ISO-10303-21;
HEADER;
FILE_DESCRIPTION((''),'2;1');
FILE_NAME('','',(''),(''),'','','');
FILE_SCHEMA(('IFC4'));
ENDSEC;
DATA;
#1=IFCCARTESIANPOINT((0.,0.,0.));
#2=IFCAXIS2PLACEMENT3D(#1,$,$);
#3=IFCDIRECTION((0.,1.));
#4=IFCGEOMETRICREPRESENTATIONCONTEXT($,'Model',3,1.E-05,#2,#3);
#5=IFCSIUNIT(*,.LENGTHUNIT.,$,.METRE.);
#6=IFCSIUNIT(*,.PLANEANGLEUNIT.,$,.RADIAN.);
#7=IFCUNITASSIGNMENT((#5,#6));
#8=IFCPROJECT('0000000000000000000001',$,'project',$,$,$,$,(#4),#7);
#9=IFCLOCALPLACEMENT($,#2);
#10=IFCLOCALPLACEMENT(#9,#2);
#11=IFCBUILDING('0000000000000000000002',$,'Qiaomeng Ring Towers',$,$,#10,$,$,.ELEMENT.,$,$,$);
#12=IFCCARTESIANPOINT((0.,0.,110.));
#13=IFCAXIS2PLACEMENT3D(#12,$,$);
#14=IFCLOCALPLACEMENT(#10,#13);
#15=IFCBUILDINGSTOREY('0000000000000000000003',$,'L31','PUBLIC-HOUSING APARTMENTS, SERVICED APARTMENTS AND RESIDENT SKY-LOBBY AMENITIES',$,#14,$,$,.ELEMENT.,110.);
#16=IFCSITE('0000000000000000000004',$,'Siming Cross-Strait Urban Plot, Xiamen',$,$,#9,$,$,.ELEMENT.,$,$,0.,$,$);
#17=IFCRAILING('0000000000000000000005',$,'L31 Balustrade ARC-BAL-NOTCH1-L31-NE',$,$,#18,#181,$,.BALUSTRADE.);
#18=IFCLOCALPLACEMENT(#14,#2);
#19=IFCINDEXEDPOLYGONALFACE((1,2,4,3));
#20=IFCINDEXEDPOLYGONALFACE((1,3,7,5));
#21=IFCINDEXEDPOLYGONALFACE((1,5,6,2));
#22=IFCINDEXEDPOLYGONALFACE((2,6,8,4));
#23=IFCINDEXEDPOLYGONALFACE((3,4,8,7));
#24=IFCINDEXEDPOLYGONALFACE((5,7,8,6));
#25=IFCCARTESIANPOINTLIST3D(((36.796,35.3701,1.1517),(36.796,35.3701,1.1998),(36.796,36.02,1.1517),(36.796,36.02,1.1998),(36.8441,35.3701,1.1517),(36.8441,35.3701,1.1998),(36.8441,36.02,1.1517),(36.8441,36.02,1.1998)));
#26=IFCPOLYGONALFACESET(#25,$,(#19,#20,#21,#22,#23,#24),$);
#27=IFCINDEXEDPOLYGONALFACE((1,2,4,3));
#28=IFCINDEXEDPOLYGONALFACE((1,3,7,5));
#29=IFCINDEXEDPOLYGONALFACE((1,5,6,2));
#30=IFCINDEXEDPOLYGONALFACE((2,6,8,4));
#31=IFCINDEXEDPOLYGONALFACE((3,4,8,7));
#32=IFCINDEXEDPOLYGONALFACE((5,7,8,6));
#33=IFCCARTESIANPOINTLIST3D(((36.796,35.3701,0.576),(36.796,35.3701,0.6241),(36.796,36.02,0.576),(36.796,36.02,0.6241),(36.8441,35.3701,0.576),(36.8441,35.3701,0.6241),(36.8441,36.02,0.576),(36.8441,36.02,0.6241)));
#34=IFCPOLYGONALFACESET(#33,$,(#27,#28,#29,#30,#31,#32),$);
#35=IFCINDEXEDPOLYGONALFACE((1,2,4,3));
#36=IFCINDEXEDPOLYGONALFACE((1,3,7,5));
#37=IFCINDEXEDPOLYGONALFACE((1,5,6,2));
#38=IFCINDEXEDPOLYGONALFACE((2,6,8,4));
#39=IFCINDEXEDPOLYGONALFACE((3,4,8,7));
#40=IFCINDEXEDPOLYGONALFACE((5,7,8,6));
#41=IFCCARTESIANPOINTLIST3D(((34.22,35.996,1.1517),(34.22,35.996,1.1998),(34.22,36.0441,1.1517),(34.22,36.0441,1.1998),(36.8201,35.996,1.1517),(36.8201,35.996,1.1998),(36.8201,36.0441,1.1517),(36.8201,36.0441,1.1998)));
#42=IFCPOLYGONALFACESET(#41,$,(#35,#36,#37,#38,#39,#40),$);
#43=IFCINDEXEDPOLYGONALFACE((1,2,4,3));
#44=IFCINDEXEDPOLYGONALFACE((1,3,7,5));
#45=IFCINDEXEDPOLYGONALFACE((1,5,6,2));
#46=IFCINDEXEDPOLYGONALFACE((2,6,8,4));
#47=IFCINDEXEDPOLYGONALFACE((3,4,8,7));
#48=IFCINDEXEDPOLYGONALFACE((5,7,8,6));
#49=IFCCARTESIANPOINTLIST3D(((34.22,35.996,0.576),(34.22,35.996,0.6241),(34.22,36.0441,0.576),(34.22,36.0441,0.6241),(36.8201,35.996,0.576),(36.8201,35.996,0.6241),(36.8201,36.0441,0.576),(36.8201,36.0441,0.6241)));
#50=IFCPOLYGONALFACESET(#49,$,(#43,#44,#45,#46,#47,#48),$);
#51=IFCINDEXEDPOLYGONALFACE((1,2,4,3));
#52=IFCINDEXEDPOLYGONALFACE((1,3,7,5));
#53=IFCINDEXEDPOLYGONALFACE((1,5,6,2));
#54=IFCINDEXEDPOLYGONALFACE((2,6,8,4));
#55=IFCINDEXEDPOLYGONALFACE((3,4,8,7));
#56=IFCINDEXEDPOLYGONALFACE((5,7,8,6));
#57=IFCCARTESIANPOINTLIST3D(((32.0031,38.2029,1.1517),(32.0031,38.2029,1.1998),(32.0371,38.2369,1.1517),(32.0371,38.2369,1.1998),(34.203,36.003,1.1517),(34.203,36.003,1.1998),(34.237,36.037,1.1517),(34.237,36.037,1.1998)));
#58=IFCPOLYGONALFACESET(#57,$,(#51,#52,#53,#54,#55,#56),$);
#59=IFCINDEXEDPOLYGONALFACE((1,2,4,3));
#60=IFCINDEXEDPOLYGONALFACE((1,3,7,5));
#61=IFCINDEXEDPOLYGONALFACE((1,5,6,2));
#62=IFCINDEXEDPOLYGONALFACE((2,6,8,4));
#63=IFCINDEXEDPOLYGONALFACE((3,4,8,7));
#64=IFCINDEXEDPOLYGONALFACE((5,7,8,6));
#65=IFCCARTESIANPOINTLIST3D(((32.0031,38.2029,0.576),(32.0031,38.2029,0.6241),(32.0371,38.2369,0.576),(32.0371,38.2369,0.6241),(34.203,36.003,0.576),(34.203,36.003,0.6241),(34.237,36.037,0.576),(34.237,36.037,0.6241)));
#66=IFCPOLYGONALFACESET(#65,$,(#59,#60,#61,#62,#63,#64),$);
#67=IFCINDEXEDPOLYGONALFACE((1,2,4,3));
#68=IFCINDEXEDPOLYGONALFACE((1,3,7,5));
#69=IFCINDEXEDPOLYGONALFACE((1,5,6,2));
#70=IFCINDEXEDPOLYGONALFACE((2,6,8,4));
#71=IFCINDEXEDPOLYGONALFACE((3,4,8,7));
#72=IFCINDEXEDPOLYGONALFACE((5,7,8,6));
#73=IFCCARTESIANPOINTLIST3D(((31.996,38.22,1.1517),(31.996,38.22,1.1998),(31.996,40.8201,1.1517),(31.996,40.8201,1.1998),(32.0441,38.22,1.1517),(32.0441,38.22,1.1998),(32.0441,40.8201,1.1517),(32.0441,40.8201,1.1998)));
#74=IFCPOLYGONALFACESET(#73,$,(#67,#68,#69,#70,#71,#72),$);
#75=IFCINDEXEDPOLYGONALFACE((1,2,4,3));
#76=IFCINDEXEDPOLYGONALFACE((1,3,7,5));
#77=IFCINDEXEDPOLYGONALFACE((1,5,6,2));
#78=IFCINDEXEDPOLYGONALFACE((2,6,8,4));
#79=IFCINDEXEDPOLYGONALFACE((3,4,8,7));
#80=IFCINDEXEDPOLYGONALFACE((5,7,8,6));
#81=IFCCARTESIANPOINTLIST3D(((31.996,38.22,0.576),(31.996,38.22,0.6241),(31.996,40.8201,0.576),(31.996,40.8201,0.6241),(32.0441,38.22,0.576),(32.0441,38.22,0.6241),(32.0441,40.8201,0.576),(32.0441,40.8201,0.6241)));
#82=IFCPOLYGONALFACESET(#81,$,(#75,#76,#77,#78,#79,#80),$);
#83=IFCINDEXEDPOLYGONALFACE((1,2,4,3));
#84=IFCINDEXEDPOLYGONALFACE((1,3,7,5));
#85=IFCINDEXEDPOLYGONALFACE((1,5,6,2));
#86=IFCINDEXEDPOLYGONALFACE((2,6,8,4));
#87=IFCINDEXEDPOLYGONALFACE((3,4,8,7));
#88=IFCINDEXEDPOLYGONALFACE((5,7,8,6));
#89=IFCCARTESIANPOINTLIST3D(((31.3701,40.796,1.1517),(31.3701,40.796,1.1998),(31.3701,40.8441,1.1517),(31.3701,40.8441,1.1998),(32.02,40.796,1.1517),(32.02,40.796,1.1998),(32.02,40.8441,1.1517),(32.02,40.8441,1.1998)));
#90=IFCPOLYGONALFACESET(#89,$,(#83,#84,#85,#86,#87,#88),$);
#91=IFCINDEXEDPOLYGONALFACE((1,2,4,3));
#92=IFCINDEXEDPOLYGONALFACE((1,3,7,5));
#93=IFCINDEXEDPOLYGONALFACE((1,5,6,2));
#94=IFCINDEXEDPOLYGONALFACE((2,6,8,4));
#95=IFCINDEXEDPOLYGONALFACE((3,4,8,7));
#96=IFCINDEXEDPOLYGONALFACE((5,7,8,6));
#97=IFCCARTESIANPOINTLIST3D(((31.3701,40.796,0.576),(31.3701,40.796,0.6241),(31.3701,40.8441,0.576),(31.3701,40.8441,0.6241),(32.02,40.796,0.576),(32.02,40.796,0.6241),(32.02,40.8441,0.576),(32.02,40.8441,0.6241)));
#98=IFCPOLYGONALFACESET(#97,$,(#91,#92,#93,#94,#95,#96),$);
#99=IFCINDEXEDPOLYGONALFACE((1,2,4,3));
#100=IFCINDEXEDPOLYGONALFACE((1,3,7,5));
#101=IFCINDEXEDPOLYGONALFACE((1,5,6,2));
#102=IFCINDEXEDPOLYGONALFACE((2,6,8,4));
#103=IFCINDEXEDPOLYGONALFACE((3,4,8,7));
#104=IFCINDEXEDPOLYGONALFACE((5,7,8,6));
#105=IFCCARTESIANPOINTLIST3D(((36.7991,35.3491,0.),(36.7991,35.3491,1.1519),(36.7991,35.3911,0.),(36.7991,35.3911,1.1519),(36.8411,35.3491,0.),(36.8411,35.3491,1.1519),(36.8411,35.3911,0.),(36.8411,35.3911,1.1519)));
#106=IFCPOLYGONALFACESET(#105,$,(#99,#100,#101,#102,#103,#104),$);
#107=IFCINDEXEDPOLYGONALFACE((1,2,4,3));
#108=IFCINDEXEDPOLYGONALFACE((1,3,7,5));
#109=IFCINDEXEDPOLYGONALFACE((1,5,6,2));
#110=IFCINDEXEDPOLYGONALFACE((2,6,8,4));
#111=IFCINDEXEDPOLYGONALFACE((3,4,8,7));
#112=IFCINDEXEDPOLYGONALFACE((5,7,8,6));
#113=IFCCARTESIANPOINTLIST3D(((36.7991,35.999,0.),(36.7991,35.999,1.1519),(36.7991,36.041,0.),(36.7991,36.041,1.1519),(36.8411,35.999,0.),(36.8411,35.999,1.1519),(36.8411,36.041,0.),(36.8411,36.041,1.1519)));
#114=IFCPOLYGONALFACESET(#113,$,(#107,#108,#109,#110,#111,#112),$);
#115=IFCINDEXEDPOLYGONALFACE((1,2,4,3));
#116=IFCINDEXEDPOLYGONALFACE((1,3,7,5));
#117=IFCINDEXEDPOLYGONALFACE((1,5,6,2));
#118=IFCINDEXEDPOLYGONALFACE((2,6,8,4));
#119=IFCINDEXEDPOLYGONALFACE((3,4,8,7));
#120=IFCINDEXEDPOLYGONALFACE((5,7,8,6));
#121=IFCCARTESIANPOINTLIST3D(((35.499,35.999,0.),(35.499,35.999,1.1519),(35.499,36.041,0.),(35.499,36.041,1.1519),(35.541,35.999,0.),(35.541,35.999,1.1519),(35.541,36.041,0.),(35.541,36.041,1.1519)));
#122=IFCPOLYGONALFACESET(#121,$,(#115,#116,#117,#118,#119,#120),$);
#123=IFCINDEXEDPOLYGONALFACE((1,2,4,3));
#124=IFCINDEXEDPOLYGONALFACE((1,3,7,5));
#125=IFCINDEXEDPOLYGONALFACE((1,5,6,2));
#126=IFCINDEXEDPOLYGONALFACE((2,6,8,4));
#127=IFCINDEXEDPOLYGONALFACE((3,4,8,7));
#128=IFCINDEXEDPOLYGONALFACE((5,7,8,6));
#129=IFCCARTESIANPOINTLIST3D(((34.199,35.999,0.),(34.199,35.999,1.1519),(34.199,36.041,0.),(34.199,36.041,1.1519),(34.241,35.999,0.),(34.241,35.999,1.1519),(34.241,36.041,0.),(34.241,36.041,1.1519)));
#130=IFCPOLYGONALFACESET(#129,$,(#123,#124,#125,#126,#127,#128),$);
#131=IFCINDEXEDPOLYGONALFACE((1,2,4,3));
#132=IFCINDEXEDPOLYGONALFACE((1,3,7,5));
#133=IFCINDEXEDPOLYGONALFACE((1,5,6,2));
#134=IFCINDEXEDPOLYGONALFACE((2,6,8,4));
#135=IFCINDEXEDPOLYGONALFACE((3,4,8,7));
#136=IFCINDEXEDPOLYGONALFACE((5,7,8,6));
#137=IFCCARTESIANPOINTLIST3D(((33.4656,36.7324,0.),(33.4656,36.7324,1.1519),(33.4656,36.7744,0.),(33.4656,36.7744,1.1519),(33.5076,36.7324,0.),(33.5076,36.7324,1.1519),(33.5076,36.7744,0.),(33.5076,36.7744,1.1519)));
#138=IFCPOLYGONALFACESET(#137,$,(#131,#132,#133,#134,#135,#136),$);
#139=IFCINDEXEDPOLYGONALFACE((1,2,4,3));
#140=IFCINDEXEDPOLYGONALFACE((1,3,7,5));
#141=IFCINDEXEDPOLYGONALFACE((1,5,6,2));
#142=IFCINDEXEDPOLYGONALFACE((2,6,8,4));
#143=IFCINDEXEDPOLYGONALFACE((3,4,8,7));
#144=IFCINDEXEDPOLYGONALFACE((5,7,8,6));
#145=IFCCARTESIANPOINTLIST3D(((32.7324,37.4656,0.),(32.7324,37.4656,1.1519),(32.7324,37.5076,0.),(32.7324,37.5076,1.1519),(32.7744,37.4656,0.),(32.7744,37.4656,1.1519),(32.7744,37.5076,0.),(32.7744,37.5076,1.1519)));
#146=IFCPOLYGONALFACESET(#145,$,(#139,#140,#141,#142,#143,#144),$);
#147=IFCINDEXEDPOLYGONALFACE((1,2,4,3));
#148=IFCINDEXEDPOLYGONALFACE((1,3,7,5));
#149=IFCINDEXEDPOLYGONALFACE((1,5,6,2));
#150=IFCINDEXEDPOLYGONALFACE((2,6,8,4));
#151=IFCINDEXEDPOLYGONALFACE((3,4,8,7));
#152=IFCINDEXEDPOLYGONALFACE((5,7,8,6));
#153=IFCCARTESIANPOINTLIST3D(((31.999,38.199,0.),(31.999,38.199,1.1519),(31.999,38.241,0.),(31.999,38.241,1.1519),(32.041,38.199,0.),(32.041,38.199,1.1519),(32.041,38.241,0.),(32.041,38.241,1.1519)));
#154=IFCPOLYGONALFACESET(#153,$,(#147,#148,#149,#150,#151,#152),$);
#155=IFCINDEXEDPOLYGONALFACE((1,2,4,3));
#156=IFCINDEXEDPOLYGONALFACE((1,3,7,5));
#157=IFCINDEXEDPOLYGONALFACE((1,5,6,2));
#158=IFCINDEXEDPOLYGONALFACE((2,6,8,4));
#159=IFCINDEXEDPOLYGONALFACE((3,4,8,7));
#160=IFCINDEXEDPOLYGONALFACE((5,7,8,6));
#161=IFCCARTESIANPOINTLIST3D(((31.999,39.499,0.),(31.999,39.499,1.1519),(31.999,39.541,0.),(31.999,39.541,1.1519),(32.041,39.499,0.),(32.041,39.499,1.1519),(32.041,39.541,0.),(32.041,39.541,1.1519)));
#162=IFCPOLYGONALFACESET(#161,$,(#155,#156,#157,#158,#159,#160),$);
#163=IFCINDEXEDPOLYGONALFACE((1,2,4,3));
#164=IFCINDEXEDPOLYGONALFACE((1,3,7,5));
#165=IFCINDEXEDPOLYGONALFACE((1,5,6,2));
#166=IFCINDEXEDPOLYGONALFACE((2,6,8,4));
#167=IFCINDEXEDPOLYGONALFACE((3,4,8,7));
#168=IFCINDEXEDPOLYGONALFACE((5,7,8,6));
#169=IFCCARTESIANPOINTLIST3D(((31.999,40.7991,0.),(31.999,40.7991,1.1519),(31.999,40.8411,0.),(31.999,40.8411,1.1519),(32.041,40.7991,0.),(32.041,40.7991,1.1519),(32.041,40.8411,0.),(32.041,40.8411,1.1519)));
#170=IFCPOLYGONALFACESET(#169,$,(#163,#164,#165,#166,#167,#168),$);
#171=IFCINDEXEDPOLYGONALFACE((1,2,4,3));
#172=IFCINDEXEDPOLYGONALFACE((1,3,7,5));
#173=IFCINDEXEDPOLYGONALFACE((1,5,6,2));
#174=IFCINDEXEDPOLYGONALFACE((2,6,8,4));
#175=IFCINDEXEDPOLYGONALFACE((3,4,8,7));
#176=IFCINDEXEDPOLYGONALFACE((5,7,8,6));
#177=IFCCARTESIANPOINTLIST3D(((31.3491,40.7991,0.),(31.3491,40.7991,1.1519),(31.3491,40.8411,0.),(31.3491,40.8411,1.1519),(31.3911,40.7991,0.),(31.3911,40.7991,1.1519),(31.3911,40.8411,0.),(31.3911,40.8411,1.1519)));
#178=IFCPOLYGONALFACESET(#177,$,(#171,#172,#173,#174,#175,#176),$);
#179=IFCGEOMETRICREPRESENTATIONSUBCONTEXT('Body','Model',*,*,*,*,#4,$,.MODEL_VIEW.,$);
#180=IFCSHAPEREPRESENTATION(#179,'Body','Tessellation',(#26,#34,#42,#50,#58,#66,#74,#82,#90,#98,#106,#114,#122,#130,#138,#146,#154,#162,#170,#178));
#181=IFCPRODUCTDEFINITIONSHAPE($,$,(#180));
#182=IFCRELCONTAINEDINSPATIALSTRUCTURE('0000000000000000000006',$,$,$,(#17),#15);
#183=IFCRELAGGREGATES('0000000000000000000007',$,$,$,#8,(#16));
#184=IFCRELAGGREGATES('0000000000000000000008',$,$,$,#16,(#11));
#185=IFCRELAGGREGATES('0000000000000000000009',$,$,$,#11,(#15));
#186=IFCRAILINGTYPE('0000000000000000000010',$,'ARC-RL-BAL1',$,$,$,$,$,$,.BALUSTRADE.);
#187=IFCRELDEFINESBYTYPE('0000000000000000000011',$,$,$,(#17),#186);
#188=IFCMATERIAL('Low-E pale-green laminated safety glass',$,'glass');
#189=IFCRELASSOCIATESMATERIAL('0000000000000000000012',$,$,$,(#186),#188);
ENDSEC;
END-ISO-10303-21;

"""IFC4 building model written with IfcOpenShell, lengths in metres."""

from ifc_helpers import new_model, si_unit, direction, frame, origin, origin_2d, place, context, subcontext, project, spatial, rectangle, extrude, material, type_object, element, save


model = new_model("IFC4")

# Units and contexts
model_context = context("Model", 3, precision=1e-05, world=origin(), true_north=direction((0.0, 1.0)))
body_context = subcontext(model_context, "Body", "Model", "MODEL_VIEW")
ifc_project = project(units=[si_unit("LENGTHUNIT", "METRE"), si_unit("PLANEANGLEUNIT", "RADIAN")], contexts=[model_context])

# Site, building, storey
site_placement = place(None, origin())
site = spatial("IfcSite", under=ifc_project, at=site_placement, Name="Siming Cross-Strait Urban Plot, Xiamen", CompositionType="ELEMENT", RefElevation=0.0)
building_placement = place(site_placement, origin())
building = spatial("IfcBuilding", under=site, at=building_placement, Name="Qiaomeng Ring Towers", CompositionType="ELEMENT")
storey_placement = place(building_placement, frame((0.0, 0.0, 110.0)))
storey = spatial("IfcBuildingStorey", under=building, at=storey_placement, Name="L31", Description="PUBLIC-HOUSING APARTMENTS, SERVICED APARTMENTS AND RESIDENT SKY-LOBBY AMENITIES", CompositionType="ELEMENT", Elevation=110.0)

# Railing
ifc_material_1 = material(Name="Low-E pale-green laminated safety glass", Category="glass")
railing_type = type_object("IfcRailingType", Name="ARC-RL-BAL1", PredefinedType="BALUSTRADE", material=ifc_material_1)
railing_placement = place(storey_placement, frame((36.8201, 35.3701, 0.0)))
element("IfcRailing", 1, at=railing_placement, inside=storey, type_object=railing_type, Name="L31 Balustrade ARC-BAL-NOTCH1-L31-NE", PredefinedType="BALUSTRADE", context=body_context, shape_type="SweptSolid", body=[
    extrude(rectangle(XDim=0.0481, YDim=0.0481, at=origin_2d()), frame((0.0, 0.0, 1.1758), z_axis=(0.0, 1.0, 0.0), x_axis=(-1.0, 0.0, 0.0)), (0.0, 0.0, 1.0), 0.6499),
    extrude(rectangle(XDim=0.0481, YDim=0.0481, at=origin_2d()), frame((0.0, 0.0, 0.6001), z_axis=(0.0, 1.0, 0.0), x_axis=(-1.0, 0.0, 0.0)), (0.0, 0.0, 1.0), 0.6499),
    extrude(rectangle(XDim=0.0481, YDim=0.0481, at=origin_2d()), frame((0.0, 0.6499, 1.1758), z_axis=(-1.0, 0.0, 0.0), x_axis=(0.0, -1.0, 0.0)), (0.0, 0.0, 1.0), 2.6001),
    extrude(rectangle(XDim=0.0481, YDim=0.0481, at=origin_2d()), frame((0.0, 0.6499, 0.6001), z_axis=(-1.0, 0.0, 0.0), x_axis=(0.0, -1.0, 0.0)), (0.0, 0.0, 1.0), 2.6001),
    extrude(rectangle(XDim=0.0481, YDim=0.0481, at=origin_2d()), frame((-2.6001, 0.6499, 1.1758), z_axis=(-0.707107, 0.707107, 0.0), x_axis=(-0.707107, -0.707107, 0.0)), (0.0, 0.0, 1.0), 3.1111),
    extrude(rectangle(XDim=0.0481, YDim=0.0481, at=origin_2d()), frame((-2.6001, 0.6499, 0.6001), z_axis=(-0.707107, 0.707107, 0.0), x_axis=(-0.707107, -0.707107, 0.0)), (0.0, 0.0, 1.0), 3.1111),
    extrude(rectangle(XDim=0.0481, YDim=0.0481, at=origin_2d()), frame((-4.8, 2.8499, 1.1758), z_axis=(0.0, 1.0, 0.0), x_axis=(-1.0, 0.0, 0.0)), (0.0, 0.0, 1.0), 2.6001),
    extrude(rectangle(XDim=0.0481, YDim=0.0481, at=origin_2d()), frame((-4.8, 2.8499, 0.6001), z_axis=(0.0, 1.0, 0.0), x_axis=(-1.0, 0.0, 0.0)), (0.0, 0.0, 1.0), 2.6001),
    extrude(rectangle(XDim=0.0481, YDim=0.0481, at=origin_2d()), frame((-4.8, 5.45, 1.1758), z_axis=(-1.0, 0.0, 0.0), x_axis=(0.0, -1.0, 0.0)), (0.0, 0.0, 1.0), 0.6499),
    extrude(rectangle(XDim=0.0481, YDim=0.0481, at=origin_2d()), frame((-4.8, 5.45, 0.6001), z_axis=(-1.0, 0.0, 0.0), x_axis=(0.0, -1.0, 0.0)), (0.0, 0.0, 1.0), 0.6499),
    extrude(rectangle(XDim=0.042, YDim=0.042, at=origin_2d()), origin(), (0.0, 0.0, 1.0), 1.1519),
    extrude(rectangle(XDim=0.042, YDim=0.042, at=origin_2d()), frame((0.0, 0.6499, 0.0)), (0.0, 0.0, 1.0), 1.1519),
    extrude(rectangle(XDim=0.042, YDim=0.042, at=origin_2d()), frame((-1.3, 0.6499, 0.0)), (0.0, 0.0, 1.0), 1.1519),
    extrude(rectangle(XDim=0.042, YDim=0.042, at=origin_2d()), frame((-2.6001, 0.6499, 0.0)), (0.0, 0.0, 1.0), 1.1519),
    extrude(rectangle(XDim=0.042, YDim=0.042, at=origin_2d()), frame((-3.3335, 1.3833, 0.0)), (0.0, 0.0, 1.0), 1.1519),
    extrude(rectangle(XDim=0.042, YDim=0.042, at=origin_2d()), frame((-4.0667, 2.1165, 0.0)), (0.0, 0.0, 1.0), 1.1519),
    extrude(rectangle(XDim=0.042, YDim=0.042, at=origin_2d()), frame((-4.8, 2.8499, 0.0)), (0.0, 0.0, 1.0), 1.1519),
    extrude(rectangle(XDim=0.042, YDim=0.042, at=origin_2d()), frame((-4.8, 4.1499, 0.0)), (0.0, 0.0, 1.0), 1.1519),
    extrude(rectangle(XDim=0.042, YDim=0.042, at=origin_2d()), frame((-4.8, 5.45, 0.0)), (0.0, 0.0, 1.0), 1.1519),
    extrude(rectangle(XDim=0.042, YDim=0.042, at=origin_2d()), frame((-5.45, 5.45, 0.0)), (0.0, 0.0, 1.0), 1.1519),
])

save(model, "model.ifc")
